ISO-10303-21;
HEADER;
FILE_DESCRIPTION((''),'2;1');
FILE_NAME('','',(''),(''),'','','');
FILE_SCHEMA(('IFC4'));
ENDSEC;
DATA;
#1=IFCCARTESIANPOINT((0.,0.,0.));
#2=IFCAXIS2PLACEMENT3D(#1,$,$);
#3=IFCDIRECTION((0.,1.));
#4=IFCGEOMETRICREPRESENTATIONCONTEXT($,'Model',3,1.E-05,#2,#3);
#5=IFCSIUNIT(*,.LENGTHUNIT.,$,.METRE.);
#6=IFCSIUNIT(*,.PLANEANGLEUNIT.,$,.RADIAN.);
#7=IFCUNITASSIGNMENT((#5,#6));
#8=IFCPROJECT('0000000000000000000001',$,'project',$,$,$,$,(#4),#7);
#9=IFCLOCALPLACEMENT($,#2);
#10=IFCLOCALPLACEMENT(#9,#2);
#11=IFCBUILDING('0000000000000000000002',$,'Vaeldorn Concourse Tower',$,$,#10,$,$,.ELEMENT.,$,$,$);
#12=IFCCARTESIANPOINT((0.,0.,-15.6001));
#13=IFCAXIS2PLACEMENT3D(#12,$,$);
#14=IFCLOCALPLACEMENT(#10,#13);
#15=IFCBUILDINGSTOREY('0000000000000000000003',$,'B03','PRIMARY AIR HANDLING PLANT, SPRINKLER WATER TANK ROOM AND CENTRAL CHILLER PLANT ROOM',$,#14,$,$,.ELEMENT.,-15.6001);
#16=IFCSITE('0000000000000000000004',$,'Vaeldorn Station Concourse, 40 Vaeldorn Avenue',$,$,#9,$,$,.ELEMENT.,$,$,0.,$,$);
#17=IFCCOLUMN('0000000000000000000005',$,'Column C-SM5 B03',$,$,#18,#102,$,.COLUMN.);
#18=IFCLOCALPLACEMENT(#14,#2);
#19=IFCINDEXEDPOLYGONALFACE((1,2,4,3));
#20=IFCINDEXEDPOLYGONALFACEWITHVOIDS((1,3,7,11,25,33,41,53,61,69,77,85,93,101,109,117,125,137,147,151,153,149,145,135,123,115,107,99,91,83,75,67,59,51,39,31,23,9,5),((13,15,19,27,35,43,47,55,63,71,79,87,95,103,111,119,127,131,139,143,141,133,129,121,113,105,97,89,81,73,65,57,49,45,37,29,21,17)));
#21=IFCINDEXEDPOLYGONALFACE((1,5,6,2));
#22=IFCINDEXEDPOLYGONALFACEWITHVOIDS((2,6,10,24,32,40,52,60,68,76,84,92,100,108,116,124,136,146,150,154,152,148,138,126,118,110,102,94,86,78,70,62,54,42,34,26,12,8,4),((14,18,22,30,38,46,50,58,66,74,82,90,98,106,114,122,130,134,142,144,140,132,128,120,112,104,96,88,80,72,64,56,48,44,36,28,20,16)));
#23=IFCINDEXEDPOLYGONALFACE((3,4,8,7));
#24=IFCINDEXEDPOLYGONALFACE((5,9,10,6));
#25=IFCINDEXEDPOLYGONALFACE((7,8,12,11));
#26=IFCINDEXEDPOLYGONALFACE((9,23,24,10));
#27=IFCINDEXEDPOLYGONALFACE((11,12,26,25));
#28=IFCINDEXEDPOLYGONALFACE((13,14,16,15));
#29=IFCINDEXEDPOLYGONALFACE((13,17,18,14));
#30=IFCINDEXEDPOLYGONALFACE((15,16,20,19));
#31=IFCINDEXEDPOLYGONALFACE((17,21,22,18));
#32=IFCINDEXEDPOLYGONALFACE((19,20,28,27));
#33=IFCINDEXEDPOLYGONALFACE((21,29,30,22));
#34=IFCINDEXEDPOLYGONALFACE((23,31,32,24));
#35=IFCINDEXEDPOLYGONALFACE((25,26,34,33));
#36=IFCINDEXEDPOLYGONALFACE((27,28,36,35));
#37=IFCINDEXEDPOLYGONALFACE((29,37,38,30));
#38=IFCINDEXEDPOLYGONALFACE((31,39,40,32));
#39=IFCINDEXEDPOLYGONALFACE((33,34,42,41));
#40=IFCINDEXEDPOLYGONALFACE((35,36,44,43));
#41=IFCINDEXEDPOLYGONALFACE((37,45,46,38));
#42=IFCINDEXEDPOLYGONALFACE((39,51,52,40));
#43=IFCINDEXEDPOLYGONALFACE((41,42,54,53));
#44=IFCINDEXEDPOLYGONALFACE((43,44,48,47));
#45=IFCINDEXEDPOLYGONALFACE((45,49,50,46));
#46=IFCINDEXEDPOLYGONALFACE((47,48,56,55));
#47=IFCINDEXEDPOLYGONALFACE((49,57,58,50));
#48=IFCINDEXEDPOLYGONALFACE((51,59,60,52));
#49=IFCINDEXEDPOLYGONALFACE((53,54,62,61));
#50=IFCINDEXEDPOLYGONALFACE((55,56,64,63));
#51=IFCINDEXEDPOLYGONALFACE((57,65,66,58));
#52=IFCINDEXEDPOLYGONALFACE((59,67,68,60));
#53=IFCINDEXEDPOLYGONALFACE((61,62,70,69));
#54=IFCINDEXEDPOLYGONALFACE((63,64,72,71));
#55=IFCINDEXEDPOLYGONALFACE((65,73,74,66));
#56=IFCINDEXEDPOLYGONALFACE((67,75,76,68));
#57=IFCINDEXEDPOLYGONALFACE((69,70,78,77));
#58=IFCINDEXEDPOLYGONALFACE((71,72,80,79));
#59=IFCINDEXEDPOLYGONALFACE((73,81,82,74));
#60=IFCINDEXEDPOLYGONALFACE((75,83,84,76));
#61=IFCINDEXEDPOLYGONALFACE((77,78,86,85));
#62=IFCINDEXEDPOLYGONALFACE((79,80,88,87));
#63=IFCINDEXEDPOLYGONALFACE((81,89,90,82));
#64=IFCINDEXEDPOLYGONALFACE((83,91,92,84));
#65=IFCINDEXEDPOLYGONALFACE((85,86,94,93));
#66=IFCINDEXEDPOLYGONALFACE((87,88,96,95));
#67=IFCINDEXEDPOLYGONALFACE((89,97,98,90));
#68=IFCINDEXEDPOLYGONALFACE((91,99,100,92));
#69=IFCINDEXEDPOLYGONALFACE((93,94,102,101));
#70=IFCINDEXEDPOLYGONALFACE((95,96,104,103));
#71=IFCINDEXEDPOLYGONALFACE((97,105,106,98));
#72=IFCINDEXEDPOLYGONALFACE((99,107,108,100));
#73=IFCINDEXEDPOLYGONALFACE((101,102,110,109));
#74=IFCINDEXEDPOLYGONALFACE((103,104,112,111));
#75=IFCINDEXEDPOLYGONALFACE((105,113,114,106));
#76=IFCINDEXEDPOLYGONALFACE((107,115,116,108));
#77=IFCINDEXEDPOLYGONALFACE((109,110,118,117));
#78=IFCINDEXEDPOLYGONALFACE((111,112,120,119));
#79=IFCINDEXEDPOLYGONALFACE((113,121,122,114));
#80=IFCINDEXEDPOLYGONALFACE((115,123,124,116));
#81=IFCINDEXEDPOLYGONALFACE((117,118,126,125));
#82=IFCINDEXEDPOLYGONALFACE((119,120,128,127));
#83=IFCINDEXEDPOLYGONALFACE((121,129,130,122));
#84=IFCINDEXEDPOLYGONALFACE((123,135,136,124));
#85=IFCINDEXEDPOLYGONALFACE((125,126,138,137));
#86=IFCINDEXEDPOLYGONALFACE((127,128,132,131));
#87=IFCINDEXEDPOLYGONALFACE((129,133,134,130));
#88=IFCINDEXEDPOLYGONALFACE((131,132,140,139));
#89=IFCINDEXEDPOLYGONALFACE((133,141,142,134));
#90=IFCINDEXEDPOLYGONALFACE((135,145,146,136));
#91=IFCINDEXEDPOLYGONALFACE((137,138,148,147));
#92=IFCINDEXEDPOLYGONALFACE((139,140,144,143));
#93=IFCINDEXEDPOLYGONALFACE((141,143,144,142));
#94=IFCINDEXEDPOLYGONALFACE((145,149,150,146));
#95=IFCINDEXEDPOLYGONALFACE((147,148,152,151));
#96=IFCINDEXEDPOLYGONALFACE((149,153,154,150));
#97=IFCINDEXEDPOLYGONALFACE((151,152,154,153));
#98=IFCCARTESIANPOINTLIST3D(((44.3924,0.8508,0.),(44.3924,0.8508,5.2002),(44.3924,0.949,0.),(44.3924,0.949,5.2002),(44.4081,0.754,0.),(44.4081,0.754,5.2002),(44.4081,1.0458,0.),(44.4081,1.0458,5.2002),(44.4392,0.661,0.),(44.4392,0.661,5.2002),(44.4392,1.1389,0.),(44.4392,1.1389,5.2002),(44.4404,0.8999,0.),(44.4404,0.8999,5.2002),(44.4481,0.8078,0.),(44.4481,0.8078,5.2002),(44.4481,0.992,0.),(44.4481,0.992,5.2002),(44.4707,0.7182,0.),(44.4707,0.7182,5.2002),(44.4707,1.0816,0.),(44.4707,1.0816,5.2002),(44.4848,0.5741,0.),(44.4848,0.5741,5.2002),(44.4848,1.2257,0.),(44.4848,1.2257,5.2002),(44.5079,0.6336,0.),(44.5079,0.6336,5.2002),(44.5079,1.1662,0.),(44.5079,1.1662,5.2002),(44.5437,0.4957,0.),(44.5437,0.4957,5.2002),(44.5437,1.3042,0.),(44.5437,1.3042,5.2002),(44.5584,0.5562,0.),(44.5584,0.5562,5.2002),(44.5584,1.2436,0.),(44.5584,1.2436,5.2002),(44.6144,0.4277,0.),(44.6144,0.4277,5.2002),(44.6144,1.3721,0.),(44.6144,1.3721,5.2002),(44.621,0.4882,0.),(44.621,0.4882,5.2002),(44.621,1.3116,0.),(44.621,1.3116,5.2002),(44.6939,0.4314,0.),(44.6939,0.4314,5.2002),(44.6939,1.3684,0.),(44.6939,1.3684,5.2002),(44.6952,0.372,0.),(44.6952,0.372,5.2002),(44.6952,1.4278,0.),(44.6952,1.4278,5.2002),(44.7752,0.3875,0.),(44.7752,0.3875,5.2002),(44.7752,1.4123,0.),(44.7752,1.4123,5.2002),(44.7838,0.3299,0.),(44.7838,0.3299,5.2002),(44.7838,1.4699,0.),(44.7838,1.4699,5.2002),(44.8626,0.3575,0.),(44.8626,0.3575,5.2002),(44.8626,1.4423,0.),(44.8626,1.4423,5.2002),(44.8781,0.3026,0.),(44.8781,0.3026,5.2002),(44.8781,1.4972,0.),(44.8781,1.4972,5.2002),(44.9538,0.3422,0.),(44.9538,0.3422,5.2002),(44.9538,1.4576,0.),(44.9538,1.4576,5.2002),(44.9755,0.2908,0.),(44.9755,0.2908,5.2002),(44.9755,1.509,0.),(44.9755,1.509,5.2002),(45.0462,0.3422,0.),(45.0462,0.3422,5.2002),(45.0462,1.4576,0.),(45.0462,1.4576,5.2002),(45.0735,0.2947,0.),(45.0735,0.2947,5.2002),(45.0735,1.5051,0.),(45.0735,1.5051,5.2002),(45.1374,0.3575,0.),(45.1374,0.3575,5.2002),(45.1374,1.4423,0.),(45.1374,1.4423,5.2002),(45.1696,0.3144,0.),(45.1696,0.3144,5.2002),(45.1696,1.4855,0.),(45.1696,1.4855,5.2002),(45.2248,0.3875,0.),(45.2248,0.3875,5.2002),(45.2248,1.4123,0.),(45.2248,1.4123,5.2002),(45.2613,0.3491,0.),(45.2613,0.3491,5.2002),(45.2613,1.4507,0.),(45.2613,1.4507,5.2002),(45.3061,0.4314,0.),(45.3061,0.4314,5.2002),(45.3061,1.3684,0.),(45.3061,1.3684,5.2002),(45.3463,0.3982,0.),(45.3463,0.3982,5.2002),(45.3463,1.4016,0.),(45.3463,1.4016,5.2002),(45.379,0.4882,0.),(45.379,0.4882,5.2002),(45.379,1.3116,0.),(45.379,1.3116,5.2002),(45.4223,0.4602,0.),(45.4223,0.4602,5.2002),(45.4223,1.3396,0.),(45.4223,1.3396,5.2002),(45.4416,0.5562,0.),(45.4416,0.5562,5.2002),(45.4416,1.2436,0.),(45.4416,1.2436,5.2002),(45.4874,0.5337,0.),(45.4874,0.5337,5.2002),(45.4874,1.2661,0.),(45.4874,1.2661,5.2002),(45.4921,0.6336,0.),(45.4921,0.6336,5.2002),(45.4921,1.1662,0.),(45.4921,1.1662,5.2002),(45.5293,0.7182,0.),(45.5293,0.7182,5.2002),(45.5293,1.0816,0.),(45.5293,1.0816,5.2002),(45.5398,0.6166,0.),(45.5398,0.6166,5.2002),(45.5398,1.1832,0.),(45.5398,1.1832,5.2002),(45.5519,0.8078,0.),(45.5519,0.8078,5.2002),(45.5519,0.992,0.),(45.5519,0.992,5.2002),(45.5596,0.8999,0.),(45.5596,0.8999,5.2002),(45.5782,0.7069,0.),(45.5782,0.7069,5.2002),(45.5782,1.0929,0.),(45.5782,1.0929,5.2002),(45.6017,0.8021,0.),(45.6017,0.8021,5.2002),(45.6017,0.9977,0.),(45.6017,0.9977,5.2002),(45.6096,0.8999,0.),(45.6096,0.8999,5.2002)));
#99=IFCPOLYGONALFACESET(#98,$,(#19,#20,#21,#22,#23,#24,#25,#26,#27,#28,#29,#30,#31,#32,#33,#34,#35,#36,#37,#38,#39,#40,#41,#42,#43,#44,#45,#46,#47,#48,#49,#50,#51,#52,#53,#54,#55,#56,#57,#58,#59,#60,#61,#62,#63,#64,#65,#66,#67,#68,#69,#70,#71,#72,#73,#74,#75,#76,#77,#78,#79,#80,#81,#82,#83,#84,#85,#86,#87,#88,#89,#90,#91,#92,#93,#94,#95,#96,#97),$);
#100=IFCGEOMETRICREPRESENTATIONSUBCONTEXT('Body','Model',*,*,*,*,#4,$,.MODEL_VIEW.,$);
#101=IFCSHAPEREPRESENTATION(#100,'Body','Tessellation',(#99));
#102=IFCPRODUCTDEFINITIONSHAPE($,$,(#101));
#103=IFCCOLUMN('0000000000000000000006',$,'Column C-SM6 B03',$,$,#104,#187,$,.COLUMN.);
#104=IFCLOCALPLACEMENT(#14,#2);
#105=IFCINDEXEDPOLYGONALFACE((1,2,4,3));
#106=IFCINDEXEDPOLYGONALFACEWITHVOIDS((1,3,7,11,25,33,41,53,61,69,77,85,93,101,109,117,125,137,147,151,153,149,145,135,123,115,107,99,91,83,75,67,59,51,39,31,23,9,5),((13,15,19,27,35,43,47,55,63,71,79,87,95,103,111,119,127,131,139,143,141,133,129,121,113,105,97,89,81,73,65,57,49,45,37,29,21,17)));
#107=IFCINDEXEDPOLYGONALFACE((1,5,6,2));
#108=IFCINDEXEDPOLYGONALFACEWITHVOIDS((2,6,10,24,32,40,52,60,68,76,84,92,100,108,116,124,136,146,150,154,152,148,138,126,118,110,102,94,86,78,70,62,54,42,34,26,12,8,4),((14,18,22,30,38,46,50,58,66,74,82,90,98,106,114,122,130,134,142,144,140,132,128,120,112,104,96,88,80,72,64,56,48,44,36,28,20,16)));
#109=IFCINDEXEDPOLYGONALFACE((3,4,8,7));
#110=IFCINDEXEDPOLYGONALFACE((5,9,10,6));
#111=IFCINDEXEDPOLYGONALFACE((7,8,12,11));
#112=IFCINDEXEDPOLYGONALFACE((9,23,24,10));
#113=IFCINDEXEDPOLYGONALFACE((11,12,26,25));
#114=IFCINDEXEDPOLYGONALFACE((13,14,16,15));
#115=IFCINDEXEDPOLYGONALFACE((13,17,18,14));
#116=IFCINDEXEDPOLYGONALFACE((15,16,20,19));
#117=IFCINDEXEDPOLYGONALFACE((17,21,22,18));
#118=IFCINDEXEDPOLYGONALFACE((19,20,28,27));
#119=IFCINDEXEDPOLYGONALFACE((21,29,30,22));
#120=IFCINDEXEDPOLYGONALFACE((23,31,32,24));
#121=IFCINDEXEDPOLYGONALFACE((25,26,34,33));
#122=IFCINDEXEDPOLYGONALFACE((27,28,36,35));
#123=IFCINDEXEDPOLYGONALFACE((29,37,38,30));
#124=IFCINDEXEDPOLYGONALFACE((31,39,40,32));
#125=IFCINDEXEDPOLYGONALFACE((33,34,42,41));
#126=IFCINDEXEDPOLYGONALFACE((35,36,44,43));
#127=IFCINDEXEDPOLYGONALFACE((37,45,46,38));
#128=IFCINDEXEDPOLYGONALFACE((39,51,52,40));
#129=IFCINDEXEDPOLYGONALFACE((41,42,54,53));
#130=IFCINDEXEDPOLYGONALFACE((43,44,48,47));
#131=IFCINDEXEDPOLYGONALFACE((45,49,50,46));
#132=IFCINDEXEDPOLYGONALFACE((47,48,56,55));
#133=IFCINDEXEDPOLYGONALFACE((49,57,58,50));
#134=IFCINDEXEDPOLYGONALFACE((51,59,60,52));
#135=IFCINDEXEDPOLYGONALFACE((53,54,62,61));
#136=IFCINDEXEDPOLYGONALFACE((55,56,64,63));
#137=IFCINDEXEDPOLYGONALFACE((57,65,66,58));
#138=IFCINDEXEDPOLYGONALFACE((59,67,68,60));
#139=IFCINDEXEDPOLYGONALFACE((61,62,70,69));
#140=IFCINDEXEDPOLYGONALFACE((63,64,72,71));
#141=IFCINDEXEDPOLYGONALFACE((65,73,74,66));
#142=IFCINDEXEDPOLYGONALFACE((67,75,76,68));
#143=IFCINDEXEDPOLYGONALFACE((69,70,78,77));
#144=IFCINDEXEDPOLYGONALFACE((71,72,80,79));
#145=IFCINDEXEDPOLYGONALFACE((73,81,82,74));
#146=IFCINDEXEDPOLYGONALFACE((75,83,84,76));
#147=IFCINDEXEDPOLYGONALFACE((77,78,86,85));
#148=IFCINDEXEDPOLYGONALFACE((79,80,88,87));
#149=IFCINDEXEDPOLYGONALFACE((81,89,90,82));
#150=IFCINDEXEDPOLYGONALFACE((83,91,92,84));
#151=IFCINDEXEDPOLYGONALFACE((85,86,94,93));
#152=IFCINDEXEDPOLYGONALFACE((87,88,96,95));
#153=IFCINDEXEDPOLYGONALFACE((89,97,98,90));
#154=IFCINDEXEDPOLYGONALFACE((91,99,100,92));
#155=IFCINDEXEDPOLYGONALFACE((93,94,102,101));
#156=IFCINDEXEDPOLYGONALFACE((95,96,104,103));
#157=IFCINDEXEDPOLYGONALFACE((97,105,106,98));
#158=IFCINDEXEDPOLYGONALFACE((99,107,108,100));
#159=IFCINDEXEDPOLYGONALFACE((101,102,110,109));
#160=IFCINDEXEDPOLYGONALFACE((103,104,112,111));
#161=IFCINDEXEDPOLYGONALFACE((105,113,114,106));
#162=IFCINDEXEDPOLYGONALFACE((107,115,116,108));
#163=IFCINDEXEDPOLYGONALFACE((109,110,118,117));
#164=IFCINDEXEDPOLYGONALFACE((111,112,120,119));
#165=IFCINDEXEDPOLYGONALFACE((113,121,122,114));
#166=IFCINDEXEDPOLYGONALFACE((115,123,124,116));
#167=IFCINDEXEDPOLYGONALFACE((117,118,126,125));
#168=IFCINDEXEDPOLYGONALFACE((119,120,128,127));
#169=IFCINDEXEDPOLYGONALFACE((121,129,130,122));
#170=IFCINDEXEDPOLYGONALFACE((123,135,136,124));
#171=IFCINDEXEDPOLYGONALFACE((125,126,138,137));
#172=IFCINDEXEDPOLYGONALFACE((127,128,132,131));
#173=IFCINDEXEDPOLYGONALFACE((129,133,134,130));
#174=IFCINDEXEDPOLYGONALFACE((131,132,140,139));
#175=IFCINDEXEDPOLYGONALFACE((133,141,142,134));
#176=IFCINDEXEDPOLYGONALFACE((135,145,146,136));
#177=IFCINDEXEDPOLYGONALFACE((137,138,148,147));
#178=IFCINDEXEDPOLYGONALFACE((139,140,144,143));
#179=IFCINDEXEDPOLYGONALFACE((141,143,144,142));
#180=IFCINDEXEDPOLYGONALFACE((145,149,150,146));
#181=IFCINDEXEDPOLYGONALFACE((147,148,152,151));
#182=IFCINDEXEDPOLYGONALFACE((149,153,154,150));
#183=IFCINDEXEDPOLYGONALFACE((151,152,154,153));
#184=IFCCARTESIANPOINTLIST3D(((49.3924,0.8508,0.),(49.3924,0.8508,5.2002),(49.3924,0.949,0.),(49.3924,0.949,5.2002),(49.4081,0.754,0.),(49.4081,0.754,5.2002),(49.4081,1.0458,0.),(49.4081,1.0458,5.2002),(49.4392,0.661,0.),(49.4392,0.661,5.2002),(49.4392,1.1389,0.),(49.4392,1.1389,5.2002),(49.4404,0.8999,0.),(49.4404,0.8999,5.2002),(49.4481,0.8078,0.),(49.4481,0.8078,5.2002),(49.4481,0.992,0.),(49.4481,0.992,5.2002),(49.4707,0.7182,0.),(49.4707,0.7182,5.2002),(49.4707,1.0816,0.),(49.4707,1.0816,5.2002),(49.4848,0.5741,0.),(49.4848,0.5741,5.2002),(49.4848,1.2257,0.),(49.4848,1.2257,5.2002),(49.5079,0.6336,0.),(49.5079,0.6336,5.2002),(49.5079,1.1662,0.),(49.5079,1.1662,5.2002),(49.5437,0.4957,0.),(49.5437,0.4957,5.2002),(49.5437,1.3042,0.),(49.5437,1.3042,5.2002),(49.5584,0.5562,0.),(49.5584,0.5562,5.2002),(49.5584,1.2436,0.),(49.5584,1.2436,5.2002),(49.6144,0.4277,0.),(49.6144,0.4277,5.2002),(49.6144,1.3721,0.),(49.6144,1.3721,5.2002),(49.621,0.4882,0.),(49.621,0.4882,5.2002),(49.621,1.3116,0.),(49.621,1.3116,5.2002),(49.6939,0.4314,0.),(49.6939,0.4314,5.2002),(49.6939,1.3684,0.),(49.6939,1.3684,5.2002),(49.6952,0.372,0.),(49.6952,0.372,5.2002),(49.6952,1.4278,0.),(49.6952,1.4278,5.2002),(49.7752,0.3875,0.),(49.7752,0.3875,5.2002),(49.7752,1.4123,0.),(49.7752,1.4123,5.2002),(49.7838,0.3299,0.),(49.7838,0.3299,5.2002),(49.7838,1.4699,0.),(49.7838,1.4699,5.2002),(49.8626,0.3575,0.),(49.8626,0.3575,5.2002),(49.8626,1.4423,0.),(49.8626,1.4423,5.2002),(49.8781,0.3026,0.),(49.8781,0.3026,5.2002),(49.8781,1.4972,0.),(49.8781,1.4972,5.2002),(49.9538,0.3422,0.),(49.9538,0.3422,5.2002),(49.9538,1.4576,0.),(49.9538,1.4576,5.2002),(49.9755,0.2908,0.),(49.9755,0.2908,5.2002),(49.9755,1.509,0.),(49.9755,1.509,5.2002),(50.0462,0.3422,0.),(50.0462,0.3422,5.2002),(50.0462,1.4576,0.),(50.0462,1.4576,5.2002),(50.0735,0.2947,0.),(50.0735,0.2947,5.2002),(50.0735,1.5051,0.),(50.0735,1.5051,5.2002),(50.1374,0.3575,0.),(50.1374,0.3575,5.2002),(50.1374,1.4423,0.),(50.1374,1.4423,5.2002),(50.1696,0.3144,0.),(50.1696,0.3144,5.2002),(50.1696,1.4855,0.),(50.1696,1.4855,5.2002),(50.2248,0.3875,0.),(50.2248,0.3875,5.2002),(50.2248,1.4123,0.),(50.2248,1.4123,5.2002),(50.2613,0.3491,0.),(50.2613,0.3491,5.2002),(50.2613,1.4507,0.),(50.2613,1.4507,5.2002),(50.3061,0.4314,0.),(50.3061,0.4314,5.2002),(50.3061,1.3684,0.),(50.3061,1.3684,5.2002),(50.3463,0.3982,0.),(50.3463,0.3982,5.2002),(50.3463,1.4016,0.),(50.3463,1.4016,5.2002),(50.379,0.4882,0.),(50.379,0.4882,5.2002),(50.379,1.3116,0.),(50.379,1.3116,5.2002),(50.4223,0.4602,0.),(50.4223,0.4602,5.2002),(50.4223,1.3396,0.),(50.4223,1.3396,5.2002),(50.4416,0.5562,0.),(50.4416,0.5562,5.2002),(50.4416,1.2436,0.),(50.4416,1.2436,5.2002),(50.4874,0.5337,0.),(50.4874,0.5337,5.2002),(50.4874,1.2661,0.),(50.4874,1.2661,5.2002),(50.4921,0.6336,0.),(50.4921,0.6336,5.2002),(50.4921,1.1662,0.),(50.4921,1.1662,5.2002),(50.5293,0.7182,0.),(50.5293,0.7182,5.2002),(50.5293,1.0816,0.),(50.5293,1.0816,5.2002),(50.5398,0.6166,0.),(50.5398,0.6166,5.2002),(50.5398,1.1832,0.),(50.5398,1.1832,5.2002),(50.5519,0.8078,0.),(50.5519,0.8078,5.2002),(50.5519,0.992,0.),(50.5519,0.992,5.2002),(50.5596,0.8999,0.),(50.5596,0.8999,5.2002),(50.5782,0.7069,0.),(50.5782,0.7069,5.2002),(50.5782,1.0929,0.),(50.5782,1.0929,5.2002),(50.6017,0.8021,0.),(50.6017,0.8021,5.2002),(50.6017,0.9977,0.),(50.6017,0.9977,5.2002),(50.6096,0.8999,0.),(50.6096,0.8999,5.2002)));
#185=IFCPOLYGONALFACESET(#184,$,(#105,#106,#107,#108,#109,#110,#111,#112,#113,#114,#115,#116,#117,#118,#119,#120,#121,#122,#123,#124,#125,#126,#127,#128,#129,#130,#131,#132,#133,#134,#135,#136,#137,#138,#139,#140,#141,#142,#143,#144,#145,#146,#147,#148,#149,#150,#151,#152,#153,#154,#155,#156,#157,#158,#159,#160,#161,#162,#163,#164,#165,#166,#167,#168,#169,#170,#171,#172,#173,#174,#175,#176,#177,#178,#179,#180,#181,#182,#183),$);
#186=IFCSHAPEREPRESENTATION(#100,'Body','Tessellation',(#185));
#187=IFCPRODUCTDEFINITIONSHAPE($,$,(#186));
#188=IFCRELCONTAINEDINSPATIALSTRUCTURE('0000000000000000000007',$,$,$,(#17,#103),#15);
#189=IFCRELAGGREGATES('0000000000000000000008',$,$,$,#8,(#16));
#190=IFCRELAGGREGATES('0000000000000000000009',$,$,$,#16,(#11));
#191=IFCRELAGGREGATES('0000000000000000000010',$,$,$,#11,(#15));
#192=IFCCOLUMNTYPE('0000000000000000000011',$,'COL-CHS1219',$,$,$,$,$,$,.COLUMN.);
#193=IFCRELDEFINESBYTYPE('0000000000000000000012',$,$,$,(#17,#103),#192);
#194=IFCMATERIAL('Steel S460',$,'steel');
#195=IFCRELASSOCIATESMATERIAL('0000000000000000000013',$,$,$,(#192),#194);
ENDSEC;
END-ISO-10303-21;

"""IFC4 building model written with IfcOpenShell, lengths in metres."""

from ifc_helpers import new_model, si_unit, direction, frame, origin, origin_2d, place, context, subcontext, project, spatial, hollow_circle, extrude, source, transform, mapped, material, material_profile, profile_set, type_object, element, save


model = new_model("IFC4")

# Units and contexts
model_context = context("Model", 3, precision=1e-05, world=origin(), true_north=direction((0.0, 1.0)))
body_context = subcontext(model_context, "Body", "Model", "MODEL_VIEW")
ifc_project = project(units=[si_unit("LENGTHUNIT", "METRE"), si_unit("PLANEANGLEUNIT", "RADIAN")], contexts=[model_context])

# Site, building, storey
site_placement = place(None, origin())
site = spatial("IfcSite", under=ifc_project, at=site_placement, Name="Vaeldorn Station Concourse, 40 Vaeldorn Avenue", CompositionType="ELEMENT", RefElevation=0.0)
building_placement = place(site_placement, origin())
building = spatial("IfcBuilding", under=site, at=building_placement, Name="Vaeldorn Concourse Tower", CompositionType="ELEMENT")
storey_placement = place(building_placement, frame((0.0, 0.0, -15.6001)))
storey = spatial("IfcBuildingStorey", under=building, at=storey_placement, Name="B03", Description="PRIMARY AIR HANDLING PLANT, SPRINKLER WATER TANK ROOM AND CENTRAL CHILLER PLANT ROOM", CompositionType="ELEMENT", Elevation=-15.6001)

# Columns
ifc_material_1 = material(Name="Steel S460", Category="steel")
ifc_material_profile_1 = material_profile(ifc_material_1, hollow_circle(Radius=0.6096, WallThickness=0.05, at=origin_2d()), Name="CHS 1219x50")
ifc_profile_set_1 = profile_set([ifc_material_profile_1], Name="Steel S460")
column_type = type_object("IfcColumnType", Name="COL-CHS1219", PredefinedType="COLUMN", material=ifc_profile_set_1)
shared_shape_1 = source(origin(), body_context, "Body", "SweptSolid", [
    extrude(hollow_circle(Radius=0.6096, WallThickness=0.05, at=origin_2d()), origin(), (0.0, 0.0, 1.0), 5.2002),
])
for number, where, z_axis, x_axis, name in (
    (1, (45.0, 0.8999, 0.0), (0.0, 0.0, 1.0), (1.0, 0.0, 0.0), "Column C-SM5 B03"),
    (2, (50.0, 0.8999, 0.0), (0.0, 0.0, 1.0), (1.0, 0.0, 0.0), "Column C-SM6 B03"),
):
    element("IfcColumn", number, at=place(storey_placement, frame(where, z_axis=z_axis, x_axis=x_axis)), inside=storey, type_object=column_type, Name=name, PredefinedType="COLUMN", context=body_context, shape_type="MappedRepresentation", body=[
        mapped(shared_shape_1, transform((0.0, 0.0, 0.0), scale=1.0)),
    ])

save(model, "model.ifc")
